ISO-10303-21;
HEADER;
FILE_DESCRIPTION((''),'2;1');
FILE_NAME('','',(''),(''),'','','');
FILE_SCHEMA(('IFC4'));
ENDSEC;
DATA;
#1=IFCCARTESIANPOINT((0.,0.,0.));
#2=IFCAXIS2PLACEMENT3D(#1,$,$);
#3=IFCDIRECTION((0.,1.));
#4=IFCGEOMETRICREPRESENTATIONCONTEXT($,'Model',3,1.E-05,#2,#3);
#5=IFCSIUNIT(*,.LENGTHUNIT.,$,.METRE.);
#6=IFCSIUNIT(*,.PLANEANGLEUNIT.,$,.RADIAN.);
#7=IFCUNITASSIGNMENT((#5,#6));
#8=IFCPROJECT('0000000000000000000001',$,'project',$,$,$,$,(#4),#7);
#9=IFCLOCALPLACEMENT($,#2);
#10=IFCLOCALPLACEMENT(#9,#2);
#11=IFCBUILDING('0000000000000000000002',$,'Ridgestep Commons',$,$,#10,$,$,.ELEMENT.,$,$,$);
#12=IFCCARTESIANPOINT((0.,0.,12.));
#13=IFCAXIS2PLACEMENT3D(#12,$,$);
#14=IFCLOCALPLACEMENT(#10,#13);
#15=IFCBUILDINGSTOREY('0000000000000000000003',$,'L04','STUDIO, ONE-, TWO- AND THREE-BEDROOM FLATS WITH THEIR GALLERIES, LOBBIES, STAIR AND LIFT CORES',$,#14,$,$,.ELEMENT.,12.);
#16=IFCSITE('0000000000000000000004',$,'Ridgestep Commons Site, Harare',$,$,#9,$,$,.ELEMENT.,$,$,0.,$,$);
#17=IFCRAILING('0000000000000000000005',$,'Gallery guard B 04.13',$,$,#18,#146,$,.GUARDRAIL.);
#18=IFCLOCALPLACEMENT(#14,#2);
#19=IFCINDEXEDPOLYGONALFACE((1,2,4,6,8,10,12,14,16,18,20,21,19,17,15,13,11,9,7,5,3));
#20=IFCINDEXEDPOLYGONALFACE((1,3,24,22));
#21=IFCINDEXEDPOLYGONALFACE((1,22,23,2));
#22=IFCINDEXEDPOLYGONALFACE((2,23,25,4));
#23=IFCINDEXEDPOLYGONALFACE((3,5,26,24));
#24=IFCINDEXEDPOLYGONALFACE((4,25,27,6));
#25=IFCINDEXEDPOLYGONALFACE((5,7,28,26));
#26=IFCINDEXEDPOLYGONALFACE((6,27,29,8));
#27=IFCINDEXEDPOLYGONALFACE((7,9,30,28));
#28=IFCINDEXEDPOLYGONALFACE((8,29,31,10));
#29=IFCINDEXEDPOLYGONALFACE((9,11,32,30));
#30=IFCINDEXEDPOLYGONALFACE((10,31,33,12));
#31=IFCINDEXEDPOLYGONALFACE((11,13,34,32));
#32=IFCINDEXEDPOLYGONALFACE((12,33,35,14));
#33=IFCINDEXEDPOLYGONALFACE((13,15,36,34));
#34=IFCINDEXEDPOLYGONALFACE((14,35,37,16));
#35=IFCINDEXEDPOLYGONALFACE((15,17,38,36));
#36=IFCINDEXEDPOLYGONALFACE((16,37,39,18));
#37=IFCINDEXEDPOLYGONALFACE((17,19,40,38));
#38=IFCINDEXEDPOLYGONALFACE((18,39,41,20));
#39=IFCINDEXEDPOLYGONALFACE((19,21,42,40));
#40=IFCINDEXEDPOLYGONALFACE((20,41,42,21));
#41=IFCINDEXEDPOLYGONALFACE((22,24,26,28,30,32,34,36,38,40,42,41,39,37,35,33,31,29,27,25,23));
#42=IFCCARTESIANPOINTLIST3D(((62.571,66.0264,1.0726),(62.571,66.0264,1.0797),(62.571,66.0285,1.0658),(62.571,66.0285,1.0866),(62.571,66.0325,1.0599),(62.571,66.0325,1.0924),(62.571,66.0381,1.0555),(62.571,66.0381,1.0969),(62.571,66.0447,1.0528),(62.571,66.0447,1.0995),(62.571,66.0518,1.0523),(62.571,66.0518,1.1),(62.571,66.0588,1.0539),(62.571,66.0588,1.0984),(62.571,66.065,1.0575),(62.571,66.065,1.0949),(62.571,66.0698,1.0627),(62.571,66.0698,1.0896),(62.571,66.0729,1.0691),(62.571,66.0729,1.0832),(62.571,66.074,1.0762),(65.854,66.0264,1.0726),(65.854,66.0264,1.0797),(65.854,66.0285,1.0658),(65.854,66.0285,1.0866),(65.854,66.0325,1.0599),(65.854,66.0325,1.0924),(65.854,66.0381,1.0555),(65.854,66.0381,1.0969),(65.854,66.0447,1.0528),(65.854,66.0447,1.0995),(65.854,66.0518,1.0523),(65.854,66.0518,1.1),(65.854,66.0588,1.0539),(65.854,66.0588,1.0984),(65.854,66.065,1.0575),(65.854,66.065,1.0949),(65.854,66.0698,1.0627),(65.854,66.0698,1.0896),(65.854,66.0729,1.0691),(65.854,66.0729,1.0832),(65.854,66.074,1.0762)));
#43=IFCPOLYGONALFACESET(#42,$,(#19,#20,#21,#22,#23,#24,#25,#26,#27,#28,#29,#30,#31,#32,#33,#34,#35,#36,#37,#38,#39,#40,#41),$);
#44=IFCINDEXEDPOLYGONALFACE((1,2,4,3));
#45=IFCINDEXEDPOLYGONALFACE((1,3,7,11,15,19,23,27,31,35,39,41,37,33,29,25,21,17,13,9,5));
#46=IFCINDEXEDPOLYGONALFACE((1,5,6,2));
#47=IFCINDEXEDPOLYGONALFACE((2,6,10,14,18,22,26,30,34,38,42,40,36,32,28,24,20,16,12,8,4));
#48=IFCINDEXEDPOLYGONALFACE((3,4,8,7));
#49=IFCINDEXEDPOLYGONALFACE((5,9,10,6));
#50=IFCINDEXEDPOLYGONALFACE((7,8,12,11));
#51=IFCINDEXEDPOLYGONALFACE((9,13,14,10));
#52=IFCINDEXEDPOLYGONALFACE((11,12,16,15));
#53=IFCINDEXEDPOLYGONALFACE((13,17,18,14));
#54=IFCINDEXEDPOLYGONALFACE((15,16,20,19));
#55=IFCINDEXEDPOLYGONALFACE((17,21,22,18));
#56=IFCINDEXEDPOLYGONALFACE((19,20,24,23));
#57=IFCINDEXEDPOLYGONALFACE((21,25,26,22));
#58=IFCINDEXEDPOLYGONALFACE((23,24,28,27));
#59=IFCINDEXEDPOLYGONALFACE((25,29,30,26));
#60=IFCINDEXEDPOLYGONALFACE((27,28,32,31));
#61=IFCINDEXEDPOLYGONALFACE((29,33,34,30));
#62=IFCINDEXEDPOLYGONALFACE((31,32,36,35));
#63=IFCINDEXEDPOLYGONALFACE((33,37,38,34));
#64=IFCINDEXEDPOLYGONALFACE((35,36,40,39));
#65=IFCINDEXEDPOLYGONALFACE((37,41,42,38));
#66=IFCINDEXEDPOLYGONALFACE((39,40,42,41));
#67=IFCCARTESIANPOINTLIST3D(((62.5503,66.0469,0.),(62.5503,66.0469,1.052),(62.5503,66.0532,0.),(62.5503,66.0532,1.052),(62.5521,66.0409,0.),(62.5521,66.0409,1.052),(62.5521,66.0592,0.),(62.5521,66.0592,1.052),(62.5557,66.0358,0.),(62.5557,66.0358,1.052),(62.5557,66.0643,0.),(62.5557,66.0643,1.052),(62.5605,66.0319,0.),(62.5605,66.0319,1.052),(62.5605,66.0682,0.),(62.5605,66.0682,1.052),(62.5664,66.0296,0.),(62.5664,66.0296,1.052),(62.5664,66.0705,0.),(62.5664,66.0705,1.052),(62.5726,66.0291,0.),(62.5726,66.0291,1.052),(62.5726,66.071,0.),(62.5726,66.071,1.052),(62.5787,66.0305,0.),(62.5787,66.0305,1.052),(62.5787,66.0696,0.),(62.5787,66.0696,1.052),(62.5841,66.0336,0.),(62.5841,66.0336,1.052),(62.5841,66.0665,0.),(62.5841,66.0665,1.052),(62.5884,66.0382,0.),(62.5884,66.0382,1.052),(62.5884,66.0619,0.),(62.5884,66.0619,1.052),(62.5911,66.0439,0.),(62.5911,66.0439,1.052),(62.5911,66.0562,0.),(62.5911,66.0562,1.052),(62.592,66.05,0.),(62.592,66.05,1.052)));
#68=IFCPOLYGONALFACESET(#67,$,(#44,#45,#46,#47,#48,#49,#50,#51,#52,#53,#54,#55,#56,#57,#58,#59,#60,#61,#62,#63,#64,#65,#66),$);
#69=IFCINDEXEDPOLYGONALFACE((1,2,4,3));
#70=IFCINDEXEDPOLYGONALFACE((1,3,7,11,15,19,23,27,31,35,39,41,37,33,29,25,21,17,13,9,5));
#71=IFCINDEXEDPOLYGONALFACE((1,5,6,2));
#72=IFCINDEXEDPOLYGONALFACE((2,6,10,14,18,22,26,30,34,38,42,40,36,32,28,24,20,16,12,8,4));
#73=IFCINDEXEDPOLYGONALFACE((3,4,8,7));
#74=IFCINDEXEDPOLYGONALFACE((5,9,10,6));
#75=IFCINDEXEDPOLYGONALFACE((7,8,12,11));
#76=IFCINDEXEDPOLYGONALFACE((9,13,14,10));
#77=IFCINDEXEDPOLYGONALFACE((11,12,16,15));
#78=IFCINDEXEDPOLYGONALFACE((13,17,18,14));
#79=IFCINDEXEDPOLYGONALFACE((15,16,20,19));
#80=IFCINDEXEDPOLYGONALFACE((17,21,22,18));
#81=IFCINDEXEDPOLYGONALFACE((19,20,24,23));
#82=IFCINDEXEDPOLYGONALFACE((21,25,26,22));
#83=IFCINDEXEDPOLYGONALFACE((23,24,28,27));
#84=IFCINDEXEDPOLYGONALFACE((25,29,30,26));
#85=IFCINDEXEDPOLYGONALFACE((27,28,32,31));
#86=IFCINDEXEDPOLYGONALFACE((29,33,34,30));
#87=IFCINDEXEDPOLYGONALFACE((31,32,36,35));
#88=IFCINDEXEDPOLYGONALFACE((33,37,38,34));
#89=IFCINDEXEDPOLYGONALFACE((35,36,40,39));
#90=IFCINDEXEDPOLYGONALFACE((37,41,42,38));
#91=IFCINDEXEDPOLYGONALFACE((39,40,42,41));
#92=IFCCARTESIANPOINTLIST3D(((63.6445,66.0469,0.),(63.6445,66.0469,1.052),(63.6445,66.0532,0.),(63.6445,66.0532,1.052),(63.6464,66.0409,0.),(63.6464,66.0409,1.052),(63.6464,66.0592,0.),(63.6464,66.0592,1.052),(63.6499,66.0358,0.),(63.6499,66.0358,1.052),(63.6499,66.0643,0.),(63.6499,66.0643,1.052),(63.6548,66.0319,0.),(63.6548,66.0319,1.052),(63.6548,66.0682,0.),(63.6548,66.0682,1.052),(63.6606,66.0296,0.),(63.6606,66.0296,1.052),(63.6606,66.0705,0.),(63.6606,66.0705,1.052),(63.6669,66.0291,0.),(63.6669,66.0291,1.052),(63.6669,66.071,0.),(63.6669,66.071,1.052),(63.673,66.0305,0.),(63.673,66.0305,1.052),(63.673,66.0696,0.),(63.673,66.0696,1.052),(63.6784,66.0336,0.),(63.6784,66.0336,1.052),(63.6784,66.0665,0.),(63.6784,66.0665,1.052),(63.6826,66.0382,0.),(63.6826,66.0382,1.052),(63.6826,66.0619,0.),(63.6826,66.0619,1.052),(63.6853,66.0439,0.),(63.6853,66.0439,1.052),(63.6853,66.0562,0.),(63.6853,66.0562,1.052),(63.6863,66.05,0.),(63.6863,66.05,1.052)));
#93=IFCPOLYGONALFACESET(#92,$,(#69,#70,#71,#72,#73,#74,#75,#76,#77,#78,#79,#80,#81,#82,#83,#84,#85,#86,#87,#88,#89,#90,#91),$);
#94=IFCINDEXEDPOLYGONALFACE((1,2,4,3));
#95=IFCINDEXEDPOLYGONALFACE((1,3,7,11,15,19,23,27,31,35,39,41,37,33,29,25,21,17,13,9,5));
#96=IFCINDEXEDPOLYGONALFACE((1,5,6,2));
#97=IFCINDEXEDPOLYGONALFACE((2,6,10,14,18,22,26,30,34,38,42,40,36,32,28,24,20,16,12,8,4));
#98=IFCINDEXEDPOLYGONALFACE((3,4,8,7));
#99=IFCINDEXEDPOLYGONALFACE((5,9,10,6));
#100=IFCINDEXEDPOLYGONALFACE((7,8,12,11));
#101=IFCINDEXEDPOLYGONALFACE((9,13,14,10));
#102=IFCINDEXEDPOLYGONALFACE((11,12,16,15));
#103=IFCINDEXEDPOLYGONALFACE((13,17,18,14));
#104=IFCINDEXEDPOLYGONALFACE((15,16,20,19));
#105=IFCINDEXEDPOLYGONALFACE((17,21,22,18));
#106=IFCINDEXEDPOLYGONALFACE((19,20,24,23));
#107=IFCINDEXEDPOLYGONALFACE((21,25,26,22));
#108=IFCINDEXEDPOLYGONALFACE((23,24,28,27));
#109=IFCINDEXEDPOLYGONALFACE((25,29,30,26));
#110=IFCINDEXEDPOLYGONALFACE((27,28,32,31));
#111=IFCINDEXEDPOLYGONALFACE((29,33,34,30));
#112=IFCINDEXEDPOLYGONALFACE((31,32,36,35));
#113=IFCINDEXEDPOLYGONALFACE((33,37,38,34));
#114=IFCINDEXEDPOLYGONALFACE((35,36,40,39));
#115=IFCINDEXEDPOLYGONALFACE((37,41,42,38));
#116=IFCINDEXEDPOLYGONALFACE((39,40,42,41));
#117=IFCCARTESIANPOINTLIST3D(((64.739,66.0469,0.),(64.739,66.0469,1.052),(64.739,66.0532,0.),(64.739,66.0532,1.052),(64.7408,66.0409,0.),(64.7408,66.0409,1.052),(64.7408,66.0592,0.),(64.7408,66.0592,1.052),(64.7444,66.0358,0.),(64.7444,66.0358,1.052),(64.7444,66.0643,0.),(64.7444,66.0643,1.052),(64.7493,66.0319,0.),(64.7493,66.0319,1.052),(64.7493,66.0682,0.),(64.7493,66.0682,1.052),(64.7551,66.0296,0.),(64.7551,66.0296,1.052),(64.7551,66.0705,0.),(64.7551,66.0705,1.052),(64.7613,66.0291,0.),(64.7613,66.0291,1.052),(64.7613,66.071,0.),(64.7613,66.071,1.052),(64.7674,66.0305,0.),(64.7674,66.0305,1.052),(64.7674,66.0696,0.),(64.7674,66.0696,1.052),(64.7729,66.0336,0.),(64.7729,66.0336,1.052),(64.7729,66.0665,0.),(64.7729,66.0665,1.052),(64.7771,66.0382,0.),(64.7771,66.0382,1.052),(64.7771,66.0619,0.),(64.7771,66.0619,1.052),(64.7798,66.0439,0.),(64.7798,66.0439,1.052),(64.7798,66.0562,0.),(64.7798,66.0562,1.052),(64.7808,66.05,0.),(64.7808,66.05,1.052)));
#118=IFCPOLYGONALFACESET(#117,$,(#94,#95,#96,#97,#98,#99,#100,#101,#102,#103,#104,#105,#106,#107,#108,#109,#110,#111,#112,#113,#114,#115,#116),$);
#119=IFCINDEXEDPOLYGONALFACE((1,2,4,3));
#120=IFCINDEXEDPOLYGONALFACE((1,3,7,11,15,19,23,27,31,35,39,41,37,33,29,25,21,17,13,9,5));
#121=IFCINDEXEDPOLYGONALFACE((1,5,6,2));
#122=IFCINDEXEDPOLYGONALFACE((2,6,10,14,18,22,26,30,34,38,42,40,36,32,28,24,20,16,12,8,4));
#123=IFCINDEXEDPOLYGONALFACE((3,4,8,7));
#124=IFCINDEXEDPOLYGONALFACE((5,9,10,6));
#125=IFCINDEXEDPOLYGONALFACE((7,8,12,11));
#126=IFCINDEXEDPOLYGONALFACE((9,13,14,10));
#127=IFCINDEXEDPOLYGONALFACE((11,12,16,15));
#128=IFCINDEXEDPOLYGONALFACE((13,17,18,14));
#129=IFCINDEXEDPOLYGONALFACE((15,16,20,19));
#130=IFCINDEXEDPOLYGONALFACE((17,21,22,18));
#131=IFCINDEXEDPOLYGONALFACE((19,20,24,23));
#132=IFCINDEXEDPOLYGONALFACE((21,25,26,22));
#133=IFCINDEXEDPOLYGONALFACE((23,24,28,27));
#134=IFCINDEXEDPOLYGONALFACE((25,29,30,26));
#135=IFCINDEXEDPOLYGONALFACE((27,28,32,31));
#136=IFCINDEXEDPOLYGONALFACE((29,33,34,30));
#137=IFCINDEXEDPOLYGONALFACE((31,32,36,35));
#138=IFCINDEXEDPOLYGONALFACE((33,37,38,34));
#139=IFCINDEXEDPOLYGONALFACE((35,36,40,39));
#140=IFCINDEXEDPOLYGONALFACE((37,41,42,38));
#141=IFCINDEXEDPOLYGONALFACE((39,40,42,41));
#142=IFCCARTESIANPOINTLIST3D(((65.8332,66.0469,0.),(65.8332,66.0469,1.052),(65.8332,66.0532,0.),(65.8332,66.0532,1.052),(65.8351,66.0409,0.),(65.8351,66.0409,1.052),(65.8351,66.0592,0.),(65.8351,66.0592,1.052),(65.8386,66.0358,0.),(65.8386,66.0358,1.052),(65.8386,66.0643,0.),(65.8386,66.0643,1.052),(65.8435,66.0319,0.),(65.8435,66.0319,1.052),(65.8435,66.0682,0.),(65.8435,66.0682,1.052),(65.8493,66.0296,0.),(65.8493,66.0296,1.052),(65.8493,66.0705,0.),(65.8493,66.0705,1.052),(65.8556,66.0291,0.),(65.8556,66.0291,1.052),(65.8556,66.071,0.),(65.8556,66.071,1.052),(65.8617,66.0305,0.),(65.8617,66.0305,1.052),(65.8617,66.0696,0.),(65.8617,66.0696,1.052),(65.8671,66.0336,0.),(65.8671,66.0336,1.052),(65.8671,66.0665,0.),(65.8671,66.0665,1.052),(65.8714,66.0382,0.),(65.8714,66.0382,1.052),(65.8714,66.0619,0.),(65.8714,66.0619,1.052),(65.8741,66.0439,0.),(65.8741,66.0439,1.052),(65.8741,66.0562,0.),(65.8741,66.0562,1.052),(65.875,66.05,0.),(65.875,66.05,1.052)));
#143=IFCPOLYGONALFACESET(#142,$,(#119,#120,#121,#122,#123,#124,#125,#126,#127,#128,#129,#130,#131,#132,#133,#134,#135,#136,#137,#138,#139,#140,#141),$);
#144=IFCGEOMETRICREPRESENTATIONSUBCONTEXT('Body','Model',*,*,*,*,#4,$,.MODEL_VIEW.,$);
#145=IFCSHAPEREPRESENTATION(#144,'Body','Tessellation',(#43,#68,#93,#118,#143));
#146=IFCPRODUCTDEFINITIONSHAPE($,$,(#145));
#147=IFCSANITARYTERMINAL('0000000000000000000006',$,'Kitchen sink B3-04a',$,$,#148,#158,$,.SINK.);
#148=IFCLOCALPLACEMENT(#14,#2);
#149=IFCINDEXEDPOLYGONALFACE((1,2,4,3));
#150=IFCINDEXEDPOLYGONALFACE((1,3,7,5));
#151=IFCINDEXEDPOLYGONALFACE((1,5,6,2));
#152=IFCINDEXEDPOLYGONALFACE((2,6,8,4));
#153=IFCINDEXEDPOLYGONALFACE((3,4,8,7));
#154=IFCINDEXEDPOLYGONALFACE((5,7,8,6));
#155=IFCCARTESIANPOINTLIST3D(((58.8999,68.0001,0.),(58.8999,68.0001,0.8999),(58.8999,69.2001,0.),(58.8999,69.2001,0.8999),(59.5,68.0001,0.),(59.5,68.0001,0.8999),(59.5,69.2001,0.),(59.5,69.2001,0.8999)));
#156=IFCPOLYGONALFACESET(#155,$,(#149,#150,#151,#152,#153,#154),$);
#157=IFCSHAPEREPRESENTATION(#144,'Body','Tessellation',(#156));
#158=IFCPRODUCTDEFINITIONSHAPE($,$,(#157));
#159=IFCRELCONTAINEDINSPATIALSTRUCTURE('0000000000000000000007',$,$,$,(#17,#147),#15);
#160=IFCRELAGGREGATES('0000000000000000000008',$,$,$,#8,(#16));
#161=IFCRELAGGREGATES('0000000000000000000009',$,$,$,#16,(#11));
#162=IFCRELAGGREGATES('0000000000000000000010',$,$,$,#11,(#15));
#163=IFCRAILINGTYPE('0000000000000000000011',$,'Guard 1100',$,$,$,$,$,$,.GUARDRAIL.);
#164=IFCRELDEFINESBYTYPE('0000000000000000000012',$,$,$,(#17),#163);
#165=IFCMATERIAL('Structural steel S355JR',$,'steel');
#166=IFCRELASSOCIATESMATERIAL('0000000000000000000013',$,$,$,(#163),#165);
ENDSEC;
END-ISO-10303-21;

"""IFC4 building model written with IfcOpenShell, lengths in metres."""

from ifc_helpers import new_model, si_unit, direction, frame, origin, origin_2d, place, context, subcontext, project, spatial, rectangle, circle, extrude, material, type_object, element, save


model = new_model("IFC4")

# Units and contexts
model_context = context("Model", 3, precision=1e-05, world=origin(), true_north=direction((0.0, 1.0)))
body_context = subcontext(model_context, "Body", "Model", "MODEL_VIEW")
ifc_project = project(units=[si_unit("LENGTHUNIT", "METRE"), si_unit("PLANEANGLEUNIT", "RADIAN")], contexts=[model_context])

# Site, building, storey
site_placement = place(None, origin())
site = spatial("IfcSite", under=ifc_project, at=site_placement, Name="Ridgestep Commons Site, Harare", CompositionType="ELEMENT", RefElevation=0.0)
building_placement = place(site_placement, origin())
building = spatial("IfcBuilding", under=site, at=building_placement, Name="Ridgestep Commons", CompositionType="ELEMENT")
storey_placement = place(building_placement, frame((0.0, 0.0, 12.0)))
storey = spatial("IfcBuildingStorey", under=building, at=storey_placement, Name="L04", Description="STUDIO, ONE-, TWO- AND THREE-BEDROOM FLATS WITH THEIR GALLERIES, LOBBIES, STAIR AND LIFT CORES", CompositionType="ELEMENT", Elevation=12.0)

# Railing
ifc_material_1 = material(Name="Structural steel S355JR", Category="steel")
railing_type = type_object("IfcRailingType", Name="Guard 1100", PredefinedType="GUARDRAIL", material=ifc_material_1)
for number, where, name in (
    (1, (62.571, 66.05, 0.0), "Gallery guard B 04.13"),
):
    element("IfcRailing", number, at=place(storey_placement, frame(where)), inside=storey, type_object=railing_type, Name=name, PredefinedType="GUARDRAIL", context=body_context, shape_type="SweptSolid", body=[
        extrude(circle(Radius=0.0239, at=origin_2d()), frame((0.0, 0.0, 1.0762), z_axis=(1.0, 0.0, 0.0), x_axis=(0.0, 1.0, 0.0)), (0.0, 0.0, 1.0), 3.283),
        extrude(circle(Radius=0.021, at=origin_2d()), origin(), (0.0, 0.0, 1.0), 1.052),
        extrude(circle(Radius=0.021, at=origin_2d()), frame((1.0942, 0.0, 0.0)), (0.0, 0.0, 1.0), 1.052),
        extrude(circle(Radius=0.021, at=origin_2d()), frame((2.1887, 0.0, 0.0)), (0.0, 0.0, 1.0), 1.052),
        extrude(circle(Radius=0.021, at=origin_2d()), frame((3.283, 0.0, 0.0)), (0.0, 0.0, 1.0), 1.052),
    ])

# Sanitary terminal
sanitary_terminal_placement = place(storey_placement, frame((59.2, 68.6001, 0.0), z_axis=(0.0, 0.0, 1.0), x_axis=(1.0, 0.0, 0.0)))
element("IfcSanitaryTerminal", 2, at=sanitary_terminal_placement, inside=storey, Name="Kitchen sink B3-04a", PredefinedType="SINK", context=body_context, shape_type="SweptSolid", body=[
    extrude(rectangle(XDim=0.6001, YDim=1.2, at=origin_2d()), origin(), (0.0, 0.0, 1.0), 0.8999),
])

save(model, "model.ifc")
